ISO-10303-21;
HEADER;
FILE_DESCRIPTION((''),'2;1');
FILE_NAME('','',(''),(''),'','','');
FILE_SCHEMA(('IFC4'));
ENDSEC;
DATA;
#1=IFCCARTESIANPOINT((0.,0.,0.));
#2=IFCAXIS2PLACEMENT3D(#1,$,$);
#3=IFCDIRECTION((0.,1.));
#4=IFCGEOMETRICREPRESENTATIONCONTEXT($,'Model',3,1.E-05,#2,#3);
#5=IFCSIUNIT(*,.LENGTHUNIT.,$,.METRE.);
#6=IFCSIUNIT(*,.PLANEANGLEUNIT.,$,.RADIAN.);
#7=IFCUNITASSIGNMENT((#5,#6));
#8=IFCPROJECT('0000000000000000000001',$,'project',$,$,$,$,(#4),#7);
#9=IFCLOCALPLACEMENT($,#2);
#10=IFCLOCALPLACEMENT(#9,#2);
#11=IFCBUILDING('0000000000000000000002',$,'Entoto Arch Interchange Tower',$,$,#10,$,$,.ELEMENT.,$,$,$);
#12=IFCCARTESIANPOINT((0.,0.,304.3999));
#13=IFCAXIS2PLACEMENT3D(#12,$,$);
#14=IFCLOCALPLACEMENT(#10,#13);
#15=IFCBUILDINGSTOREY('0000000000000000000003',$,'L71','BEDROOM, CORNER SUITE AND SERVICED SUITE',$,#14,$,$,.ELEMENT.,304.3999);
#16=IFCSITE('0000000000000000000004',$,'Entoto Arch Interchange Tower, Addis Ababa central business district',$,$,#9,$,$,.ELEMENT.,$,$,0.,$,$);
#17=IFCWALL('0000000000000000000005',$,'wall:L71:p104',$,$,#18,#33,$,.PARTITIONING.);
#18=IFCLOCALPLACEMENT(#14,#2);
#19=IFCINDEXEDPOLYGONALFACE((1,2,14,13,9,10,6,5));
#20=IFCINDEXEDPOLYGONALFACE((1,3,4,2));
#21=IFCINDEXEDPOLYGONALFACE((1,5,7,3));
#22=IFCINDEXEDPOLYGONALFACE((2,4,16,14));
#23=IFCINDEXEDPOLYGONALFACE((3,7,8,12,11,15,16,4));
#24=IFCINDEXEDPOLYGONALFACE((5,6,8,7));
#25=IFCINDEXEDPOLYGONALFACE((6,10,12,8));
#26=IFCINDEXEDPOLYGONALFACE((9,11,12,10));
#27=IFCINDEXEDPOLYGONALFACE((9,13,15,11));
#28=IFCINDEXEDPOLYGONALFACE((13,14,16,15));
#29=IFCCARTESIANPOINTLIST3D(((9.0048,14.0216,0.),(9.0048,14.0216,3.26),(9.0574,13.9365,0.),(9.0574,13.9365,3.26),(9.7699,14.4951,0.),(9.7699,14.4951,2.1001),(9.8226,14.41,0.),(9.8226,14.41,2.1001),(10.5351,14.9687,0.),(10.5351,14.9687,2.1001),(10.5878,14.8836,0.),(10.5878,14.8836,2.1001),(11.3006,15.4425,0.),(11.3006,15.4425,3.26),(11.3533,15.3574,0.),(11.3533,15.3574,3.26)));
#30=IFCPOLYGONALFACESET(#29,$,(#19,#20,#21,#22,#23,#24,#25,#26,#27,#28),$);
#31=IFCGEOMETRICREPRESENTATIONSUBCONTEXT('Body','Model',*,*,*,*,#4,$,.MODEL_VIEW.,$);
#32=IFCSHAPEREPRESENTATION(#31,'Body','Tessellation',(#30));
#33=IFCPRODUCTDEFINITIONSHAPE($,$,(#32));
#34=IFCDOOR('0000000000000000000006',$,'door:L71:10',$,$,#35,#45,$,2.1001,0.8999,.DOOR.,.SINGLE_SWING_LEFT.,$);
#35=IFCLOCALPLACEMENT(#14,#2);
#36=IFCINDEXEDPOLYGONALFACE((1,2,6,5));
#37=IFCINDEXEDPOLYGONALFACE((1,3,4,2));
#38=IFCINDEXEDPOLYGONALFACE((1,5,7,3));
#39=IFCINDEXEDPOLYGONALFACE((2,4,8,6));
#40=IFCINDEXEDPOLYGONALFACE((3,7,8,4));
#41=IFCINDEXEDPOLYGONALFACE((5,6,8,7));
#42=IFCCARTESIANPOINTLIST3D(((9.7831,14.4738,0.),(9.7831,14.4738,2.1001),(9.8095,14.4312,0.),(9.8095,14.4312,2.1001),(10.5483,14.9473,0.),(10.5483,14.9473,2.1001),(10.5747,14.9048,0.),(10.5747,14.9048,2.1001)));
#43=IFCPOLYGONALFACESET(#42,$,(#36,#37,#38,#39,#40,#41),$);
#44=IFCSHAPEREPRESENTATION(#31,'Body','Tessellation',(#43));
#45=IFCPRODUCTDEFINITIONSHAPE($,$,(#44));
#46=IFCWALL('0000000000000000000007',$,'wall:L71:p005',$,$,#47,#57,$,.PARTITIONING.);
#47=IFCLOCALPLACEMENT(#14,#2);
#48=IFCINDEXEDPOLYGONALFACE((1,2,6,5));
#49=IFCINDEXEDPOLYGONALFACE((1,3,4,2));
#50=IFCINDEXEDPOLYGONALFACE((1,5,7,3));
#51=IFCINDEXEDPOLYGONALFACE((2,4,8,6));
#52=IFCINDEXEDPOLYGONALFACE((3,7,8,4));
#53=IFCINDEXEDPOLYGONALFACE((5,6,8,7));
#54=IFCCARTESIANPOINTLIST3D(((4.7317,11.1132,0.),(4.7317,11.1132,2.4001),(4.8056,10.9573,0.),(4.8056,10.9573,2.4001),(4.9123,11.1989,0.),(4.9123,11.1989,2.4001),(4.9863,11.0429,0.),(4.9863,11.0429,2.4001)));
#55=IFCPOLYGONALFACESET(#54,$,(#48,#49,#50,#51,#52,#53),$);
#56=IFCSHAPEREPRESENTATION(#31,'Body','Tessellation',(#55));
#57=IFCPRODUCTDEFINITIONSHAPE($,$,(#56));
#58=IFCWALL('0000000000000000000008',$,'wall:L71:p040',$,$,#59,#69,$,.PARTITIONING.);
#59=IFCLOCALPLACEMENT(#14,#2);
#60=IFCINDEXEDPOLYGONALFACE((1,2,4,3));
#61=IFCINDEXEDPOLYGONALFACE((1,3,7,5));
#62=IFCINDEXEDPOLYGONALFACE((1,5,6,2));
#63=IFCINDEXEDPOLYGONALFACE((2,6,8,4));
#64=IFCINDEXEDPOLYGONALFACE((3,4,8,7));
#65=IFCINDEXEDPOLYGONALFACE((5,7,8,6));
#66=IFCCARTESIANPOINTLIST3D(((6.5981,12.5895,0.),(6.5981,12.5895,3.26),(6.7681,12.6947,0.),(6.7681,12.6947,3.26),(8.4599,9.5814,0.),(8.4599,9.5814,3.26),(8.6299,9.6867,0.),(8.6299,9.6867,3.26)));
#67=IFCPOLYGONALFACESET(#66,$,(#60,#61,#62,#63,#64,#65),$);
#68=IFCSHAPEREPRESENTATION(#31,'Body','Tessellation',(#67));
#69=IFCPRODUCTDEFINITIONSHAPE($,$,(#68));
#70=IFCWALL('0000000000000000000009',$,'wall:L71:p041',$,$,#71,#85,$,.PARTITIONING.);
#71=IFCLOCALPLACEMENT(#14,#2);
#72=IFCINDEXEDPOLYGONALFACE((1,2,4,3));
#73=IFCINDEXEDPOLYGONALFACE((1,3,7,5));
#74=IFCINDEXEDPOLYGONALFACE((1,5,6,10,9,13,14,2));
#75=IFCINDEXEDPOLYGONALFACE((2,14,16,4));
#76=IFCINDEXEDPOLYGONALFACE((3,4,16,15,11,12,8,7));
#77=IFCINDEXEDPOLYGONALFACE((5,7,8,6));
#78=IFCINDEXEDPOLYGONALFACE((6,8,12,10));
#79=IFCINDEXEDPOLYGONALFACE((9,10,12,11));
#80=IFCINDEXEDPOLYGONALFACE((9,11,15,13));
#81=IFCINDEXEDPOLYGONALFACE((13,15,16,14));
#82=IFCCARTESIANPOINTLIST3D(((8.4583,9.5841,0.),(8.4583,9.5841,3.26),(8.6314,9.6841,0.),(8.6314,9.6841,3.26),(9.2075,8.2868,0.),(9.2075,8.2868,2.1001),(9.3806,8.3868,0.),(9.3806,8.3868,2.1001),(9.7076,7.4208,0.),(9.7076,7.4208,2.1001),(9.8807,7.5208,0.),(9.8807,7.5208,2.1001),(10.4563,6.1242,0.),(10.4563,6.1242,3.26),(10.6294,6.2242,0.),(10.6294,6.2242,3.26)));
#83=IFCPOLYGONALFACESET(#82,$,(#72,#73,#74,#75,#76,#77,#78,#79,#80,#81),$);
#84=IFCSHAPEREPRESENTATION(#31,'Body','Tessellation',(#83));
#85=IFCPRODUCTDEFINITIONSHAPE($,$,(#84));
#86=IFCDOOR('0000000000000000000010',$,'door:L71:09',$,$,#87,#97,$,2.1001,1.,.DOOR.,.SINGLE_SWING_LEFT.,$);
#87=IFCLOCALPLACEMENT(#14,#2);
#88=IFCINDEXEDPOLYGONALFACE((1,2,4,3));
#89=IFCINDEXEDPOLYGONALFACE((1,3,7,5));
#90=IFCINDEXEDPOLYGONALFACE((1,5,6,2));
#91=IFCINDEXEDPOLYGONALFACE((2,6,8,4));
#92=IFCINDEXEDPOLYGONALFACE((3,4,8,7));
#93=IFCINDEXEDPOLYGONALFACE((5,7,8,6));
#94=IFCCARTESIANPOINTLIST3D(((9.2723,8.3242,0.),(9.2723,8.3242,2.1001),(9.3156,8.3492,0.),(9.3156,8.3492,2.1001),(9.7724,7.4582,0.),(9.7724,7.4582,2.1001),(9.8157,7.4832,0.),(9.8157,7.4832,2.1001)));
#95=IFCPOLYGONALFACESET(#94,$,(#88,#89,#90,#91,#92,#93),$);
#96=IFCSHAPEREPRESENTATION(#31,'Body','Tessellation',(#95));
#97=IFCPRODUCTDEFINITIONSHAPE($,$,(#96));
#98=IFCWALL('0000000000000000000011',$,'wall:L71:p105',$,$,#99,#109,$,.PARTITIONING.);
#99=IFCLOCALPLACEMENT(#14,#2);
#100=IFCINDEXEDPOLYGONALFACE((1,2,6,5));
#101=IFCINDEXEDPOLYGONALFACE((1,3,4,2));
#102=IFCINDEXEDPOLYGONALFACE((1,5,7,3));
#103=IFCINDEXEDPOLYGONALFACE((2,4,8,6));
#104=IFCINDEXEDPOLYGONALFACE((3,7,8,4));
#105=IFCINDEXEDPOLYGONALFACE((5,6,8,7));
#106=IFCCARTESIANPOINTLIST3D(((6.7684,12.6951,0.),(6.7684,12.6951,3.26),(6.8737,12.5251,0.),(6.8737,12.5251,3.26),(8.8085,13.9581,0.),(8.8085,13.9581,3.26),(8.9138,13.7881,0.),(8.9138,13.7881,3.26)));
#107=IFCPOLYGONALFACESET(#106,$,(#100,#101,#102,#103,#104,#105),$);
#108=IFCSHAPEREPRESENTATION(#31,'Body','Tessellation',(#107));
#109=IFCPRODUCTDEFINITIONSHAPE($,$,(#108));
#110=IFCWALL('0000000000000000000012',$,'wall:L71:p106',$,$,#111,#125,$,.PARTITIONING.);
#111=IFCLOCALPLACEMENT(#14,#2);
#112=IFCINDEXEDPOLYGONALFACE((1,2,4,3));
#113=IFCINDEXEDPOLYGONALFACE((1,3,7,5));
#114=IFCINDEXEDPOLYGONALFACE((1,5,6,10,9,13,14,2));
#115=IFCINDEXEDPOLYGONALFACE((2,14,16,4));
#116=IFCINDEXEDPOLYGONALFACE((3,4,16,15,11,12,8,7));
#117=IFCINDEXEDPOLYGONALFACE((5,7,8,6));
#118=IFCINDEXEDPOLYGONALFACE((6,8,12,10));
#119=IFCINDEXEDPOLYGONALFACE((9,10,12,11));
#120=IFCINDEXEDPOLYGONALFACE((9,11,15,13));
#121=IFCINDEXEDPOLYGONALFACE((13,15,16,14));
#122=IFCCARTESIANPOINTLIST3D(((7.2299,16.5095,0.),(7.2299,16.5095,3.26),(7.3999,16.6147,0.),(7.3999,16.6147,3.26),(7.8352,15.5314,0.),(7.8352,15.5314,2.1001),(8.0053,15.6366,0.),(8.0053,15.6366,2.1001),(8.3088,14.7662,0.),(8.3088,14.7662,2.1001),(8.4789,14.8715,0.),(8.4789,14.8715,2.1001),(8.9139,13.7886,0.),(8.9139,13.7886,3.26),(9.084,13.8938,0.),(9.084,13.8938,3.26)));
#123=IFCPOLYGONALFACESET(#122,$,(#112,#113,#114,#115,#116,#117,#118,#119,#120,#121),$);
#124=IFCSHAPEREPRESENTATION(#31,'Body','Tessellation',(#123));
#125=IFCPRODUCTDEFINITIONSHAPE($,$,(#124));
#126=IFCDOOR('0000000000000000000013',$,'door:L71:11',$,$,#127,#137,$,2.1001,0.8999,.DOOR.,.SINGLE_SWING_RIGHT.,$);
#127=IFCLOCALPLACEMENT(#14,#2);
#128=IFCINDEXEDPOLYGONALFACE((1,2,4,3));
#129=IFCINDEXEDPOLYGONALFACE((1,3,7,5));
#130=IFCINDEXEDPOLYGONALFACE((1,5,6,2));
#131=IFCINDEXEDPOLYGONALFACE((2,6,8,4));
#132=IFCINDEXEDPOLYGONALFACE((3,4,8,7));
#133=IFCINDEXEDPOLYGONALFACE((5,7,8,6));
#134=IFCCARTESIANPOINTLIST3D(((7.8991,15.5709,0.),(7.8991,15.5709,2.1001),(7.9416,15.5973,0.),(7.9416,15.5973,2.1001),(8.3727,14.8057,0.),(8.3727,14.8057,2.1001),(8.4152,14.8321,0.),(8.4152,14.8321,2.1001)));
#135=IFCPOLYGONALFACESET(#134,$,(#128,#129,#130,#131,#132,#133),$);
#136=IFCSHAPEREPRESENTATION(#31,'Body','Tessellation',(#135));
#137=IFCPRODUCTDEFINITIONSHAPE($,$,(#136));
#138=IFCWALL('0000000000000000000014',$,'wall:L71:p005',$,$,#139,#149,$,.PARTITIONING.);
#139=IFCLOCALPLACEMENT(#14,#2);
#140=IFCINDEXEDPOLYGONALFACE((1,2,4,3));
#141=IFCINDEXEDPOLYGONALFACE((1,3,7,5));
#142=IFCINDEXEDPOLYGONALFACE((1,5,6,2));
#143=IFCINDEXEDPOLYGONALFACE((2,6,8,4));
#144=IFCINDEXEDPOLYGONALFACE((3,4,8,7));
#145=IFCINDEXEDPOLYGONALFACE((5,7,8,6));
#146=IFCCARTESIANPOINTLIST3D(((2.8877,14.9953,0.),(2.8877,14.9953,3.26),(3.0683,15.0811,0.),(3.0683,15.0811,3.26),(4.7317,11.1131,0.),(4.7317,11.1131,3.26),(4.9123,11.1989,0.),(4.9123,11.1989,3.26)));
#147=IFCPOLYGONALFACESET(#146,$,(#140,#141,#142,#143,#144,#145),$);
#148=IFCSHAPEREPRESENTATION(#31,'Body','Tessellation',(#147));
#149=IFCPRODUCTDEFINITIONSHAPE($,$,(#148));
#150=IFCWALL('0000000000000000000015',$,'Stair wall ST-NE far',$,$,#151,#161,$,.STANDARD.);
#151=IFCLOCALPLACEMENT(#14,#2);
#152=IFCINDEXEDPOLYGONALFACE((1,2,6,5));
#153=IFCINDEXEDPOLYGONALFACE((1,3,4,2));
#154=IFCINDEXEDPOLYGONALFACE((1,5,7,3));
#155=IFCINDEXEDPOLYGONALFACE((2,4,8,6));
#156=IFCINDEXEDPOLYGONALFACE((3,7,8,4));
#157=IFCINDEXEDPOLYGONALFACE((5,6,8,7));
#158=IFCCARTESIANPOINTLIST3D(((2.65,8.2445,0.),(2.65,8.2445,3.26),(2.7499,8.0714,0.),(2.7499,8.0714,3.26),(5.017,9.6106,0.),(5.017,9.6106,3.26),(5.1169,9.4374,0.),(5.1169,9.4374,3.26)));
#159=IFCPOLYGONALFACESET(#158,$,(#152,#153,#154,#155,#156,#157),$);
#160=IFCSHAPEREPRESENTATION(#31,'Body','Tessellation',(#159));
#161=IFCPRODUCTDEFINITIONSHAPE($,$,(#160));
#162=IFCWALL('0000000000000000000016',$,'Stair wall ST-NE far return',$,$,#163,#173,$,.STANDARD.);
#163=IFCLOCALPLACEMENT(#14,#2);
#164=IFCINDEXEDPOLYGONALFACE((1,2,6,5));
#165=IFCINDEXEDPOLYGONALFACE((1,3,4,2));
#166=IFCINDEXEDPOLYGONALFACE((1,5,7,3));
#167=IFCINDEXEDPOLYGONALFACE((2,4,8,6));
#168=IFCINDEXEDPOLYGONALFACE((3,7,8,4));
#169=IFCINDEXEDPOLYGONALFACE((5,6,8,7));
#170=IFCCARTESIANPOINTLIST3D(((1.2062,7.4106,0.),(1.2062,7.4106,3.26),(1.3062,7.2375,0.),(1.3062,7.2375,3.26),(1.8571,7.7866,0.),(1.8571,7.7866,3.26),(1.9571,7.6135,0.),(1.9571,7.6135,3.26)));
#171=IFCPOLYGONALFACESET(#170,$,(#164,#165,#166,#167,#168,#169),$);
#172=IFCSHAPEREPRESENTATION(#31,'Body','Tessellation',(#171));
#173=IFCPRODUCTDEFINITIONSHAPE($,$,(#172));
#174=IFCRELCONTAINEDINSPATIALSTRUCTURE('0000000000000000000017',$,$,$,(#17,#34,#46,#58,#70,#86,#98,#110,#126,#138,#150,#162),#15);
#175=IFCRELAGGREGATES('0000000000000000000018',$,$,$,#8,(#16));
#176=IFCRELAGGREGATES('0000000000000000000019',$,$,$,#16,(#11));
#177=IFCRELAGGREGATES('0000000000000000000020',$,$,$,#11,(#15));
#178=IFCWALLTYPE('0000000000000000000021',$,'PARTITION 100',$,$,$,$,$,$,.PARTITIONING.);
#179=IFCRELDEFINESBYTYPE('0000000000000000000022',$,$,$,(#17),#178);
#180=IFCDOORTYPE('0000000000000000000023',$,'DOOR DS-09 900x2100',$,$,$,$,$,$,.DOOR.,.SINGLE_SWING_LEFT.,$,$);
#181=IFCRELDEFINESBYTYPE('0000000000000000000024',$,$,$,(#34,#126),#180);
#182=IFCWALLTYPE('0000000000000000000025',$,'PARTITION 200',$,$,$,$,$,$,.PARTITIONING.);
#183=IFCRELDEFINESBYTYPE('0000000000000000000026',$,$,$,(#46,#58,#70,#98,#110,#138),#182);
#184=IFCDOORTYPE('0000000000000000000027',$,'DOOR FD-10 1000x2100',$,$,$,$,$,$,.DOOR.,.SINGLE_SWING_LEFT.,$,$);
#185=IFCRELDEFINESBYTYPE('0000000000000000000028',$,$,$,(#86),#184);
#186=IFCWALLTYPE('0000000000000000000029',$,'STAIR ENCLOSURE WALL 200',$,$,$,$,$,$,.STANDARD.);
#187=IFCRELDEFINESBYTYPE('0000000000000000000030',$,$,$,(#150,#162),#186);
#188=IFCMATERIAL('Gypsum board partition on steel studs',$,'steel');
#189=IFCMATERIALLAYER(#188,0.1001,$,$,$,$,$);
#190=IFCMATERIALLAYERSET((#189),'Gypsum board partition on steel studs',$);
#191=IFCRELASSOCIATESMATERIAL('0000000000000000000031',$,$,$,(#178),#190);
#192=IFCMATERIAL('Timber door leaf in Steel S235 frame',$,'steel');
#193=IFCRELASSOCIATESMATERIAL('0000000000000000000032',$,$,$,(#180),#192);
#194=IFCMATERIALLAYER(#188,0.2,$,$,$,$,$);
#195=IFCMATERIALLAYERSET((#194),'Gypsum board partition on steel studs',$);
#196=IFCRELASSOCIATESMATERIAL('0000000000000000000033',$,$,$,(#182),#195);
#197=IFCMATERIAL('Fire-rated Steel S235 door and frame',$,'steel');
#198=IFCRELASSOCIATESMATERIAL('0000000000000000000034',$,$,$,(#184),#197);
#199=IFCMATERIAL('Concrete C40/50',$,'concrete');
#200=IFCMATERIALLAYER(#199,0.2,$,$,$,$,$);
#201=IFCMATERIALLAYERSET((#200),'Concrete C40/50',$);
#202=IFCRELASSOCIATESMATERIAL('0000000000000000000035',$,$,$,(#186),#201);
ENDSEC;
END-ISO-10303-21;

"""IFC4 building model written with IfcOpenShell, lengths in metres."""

from ifc_helpers import new_model, si_unit, direction, frame, frame_2d, origin, place, context, subcontext, project, spatial, rectangle, extrude, material, layer, layer_set, type_object, element, fill, save


model = new_model("IFC4")

# Units and contexts
model_context = context("Model", 3, precision=1e-05, world=origin(), true_north=direction((0.0, 1.0)))
body_context = subcontext(model_context, "Body", "Model", "MODEL_VIEW")
ifc_project = project(units=[si_unit("LENGTHUNIT", "METRE"), si_unit("PLANEANGLEUNIT", "RADIAN")], contexts=[model_context])

# Site, building, storey
site_placement = place(None, origin())
site = spatial("IfcSite", under=ifc_project, at=site_placement, Name="Entoto Arch Interchange Tower, Addis Ababa central business district", CompositionType="ELEMENT", RefElevation=0.0)
building_placement = place(site_placement, origin())
building = spatial("IfcBuilding", under=site, at=building_placement, Name="Entoto Arch Interchange Tower", CompositionType="ELEMENT")
storey_placement = place(building_placement, frame((0.0, 0.0, 304.3999)))
storey = spatial("IfcBuildingStorey", under=building, at=storey_placement, Name="L71", Description="BEDROOM, CORNER SUITE AND SERVICED SUITE", CompositionType="ELEMENT", Elevation=304.3999)

# Shared definitions
ifc_material_1 = material(Name="Concrete C40/50", Category="concrete")

# Shared definitions
ifc_material_2 = material(Name="Fire-rated Steel S235 door and frame", Category="steel")

# Wall, opening, door
ifc_material_3 = material(Name="Gypsum board partition on steel studs", Category="steel")
ifc_layer_1 = layer(ifc_material_3, 0.1001)
ifc_layer_set_1 = layer_set([ifc_layer_1], Name="Gypsum board partition on steel studs")
wall_type_1 = type_object("IfcWallType", Name="PARTITION 100", PredefinedType="PARTITIONING", material=ifc_layer_set_1)
wall_1_placement = place(storey_placement, frame((9.031, 13.979, 0.0), z_axis=(0.0, 0.0, 1.0), x_axis=(0.850327, 0.526255, 0.0)))
wall_1 = element("IfcWall", 1, at=wall_1_placement, inside=storey, type_object=wall_type_1, Name="wall:L71:p104", PredefinedType="PARTITIONING", context=body_context, shape_type="SweptSolid", body=[
    extrude(rectangle(XDim=2.7, YDim=0.1001, at=frame_2d((1.3501, 0.0))), origin(), (0.0, 0.0, 1.0), 3.26),
])
opening_1_placement = place(wall_1_placement, frame((0.8999, 0.0, 0.0)))
opening_1 = element("IfcOpeningElement", 2, at=opening_1_placement, cuts=wall_1, PredefinedType="OPENING", context=body_context, shape_type="SweptSolid", body=[
    extrude(rectangle(XDim=0.8999, YDim=2.1001, at=frame_2d((0.45, 1.05))), frame((0.0, 0.0601, 0.0), z_axis=(0.0, -1.0, 0.0), x_axis=(1.0, 0.0, 0.0)), (0.0, 0.0, 1.0), 0.1201),
])
ifc_material_4 = material(Name="Timber door leaf in Steel S235 frame", Category="steel")
door_type_1 = type_object("IfcDoorType", Name="DOOR DS-09 900x2100", OperationType="SINGLE_SWING_LEFT", PredefinedType="DOOR", material=ifc_material_4)
door_1_placement = place(opening_1_placement, origin())
door_1 = element("IfcDoor", 3, at=door_1_placement, inside=storey, type_object=door_type_1, Name="door:L71:10", OperationType="SINGLE_SWING_LEFT", OverallHeight=2.1001, OverallWidth=0.8999, PredefinedType="DOOR", context=body_context, shape_type="SweptSolid", body=[
    extrude(rectangle(XDim=0.8999, YDim=2.1001, at=frame_2d((0.45, 1.05))), frame((0.0, 0.0249, 0.0), z_axis=(0.0, -1.0, 0.0), x_axis=(1.0, 0.0, 0.0)), (0.0, 0.0, 1.0), 0.05),
])
fill(opening_1, door_1)

# Walls
ifc_layer_2 = layer(ifc_material_3, 0.2)
ifc_layer_set_2 = layer_set([ifc_layer_2], Name="Gypsum board partition on steel studs")
wall_type_2 = type_object("IfcWallType", Name="PARTITION 200", PredefinedType="PARTITIONING", material=ifc_layer_set_2)
wall_2_placement = place(storey_placement, frame((4.896, 11.0, 0.0), z_axis=(0.0, 0.0, 1.0), x_axis=(-0.428451, 0.903565, 0.0)))
element("IfcWall", 4, at=wall_2_placement, inside=storey, type_object=wall_type_2, Name="wall:L71:p005", PredefinedType="PARTITIONING", context=body_context, shape_type="SweptSolid", body=[
    extrude(rectangle(XDim=0.1726, YDim=0.2, at=frame_2d((0.0864, 0.0))), origin(), (0.0, 0.0, 1.0), 2.4001),
])
wall_3_placement = place(storey_placement, frame((6.6831, 12.6421, 0.0), z_axis=(0.0, 0.0, 1.0), x_axis=(0.52629, -0.850305, 0.0)))
element("IfcWall", 5, at=wall_3_placement, inside=storey, type_object=wall_type_2, Name="wall:L71:p040", PredefinedType="PARTITIONING", context=body_context, shape_type="SweptSolid", body=[
    extrude(rectangle(XDim=3.5376, YDim=0.2, at=frame_2d((1.7688, 0.0))), origin(), (0.0, 0.0, 1.0), 3.26),
])

# Wall, opening, door
wall_4_placement = place(storey_placement, frame((8.5449, 9.634, 0.0), z_axis=(0.0, 0.0, 1.0), x_axis=(0.500082, -0.865978, 0.0)))
wall_4 = element("IfcWall", 6, at=wall_4_placement, inside=storey, type_object=wall_type_2, Name="wall:L71:p041", PredefinedType="PARTITIONING", context=body_context, shape_type="SweptSolid", body=[
    extrude(rectangle(XDim=3.9954, YDim=0.2, at=frame_2d((1.9976, 0.0))), origin(), (0.0, 0.0, 1.0), 3.26),
])
opening_2_placement = place(wall_4_placement, frame((1.498, 0.0, 0.0)))
opening_2 = element("IfcOpeningElement", 7, at=opening_2_placement, cuts=wall_4, PredefinedType="OPENING", context=body_context, shape_type="SweptSolid", body=[
    extrude(rectangle(XDim=1.0, YDim=2.1001, at=frame_2d((0.5, 1.05))), frame((0.0, 0.1099, 0.0), z_axis=(0.0, -1.0, 0.0), x_axis=(1.0, 0.0, 0.0)), (0.0, 0.0, 1.0), 0.22),
])
door_type_2 = type_object("IfcDoorType", Name="DOOR FD-10 1000x2100", OperationType="SINGLE_SWING_LEFT", PredefinedType="DOOR", material=ifc_material_2)
door_2_placement = place(opening_2_placement, origin())
door_2 = element("IfcDoor", 8, at=door_2_placement, inside=storey, type_object=door_type_2, Name="door:L71:09", OperationType="SINGLE_SWING_LEFT", OverallHeight=2.1001, OverallWidth=1.0, PredefinedType="DOOR", context=body_context, shape_type="SweptSolid", body=[
    extrude(rectangle(XDim=1.0, YDim=2.1001, at=frame_2d((0.5, 1.05))), frame((0.0, 0.0249, 0.0), z_axis=(0.0, -1.0, 0.0), x_axis=(1.0, 0.0, 0.0)), (0.0, 0.0, 1.0), 0.05),
])
fill(opening_2, door_2)

# Wall
wall_5_placement = place(storey_placement, frame((6.821, 12.6101, 0.0), z_axis=(0.0, 0.0, 1.0), x_axis=(0.850254, 0.526372, 0.0)))
element("IfcWall", 9, at=wall_5_placement, inside=storey, type_object=wall_type_2, Name="wall:L71:p105", PredefinedType="PARTITIONING", context=body_context, shape_type="SweptSolid", body=[
    extrude(rectangle(XDim=2.3994, YDim=0.2, at=frame_2d((1.1997, 0.0))), origin(), (0.0, 0.0, 1.0), 3.26),
])

# Wall, opening, door
wall_6_placement = place(storey_placement, frame((8.999, 13.8411, 0.0), z_axis=(0.0, 0.0, 1.0), x_axis=(-0.526284, 0.850309, 0.0)))
wall_6 = element("IfcWall", 10, at=wall_6_placement, inside=storey, type_object=wall_type_2, Name="wall:L71:p106", PredefinedType="PARTITIONING", context=body_context, shape_type="SweptSolid", body=[
    extrude(rectangle(XDim=3.2, YDim=0.2, at=frame_2d((1.6001, 0.0))), origin(), (0.0, 0.0, 1.0), 3.26),
])
opening_3_placement = place(wall_6_placement, frame((1.1499, 0.0, 0.0)))
opening_3 = element("IfcOpeningElement", 11, at=opening_3_placement, cuts=wall_6, PredefinedType="OPENING", context=body_context, shape_type="SweptSolid", body=[
    extrude(rectangle(XDim=0.8999, YDim=2.1001, at=frame_2d((0.45, 1.05))), frame((0.0, 0.1099, 0.0), z_axis=(0.0, -1.0, 0.0), x_axis=(1.0, 0.0, 0.0)), (0.0, 0.0, 1.0), 0.22),
])
door_3_placement = place(opening_3_placement, origin())
door_3 = element("IfcDoor", 12, at=door_3_placement, inside=storey, type_object=door_type_1, Name="door:L71:11", OperationType="SINGLE_SWING_RIGHT", OverallHeight=2.1001, OverallWidth=0.8999, PredefinedType="DOOR", context=body_context, shape_type="SweptSolid", body=[
    extrude(rectangle(XDim=0.8999, YDim=2.1001, at=frame_2d((0.45, 1.05))), frame((0.0, 0.0249, 0.0), z_axis=(0.0, -1.0, 0.0), x_axis=(1.0, 0.0, 0.0)), (0.0, 0.0, 1.0), 0.05),
])
fill(opening_3, door_3)

# Walls
wall_7_placement = place(storey_placement, frame((4.822, 11.156, 0.0), z_axis=(0.0, 0.0, 1.0), x_axis=(-0.429058, 0.903277, 0.0)))
element("IfcWall", 13, at=wall_7_placement, inside=storey, type_object=wall_type_2, Name="wall:L71:p005", PredefinedType="PARTITIONING", context=body_context, shape_type="SweptSolid", body=[
    extrude(rectangle(XDim=4.2979, YDim=0.2, at=frame_2d((2.1489, 0.0))), origin(), (0.0, 0.0, 1.0), 3.26),
])
ifc_layer_3 = layer(ifc_material_1, 0.2)
ifc_layer_set_3 = layer_set([ifc_layer_3], Name="Concrete C40/50")
wall_type_3 = type_object("IfcWallType", Name="STAIR ENCLOSURE WALL 200", PredefinedType="STANDARD", material=ifc_layer_set_3)
wall_8_placement = place(storey_placement, frame((2.7, 8.158, 0.0), z_axis=(0.0, 0.0, 1.0), x_axis=(0.866119, 0.499838, 0.0)))
element("IfcWall", 14, at=wall_8_placement, inside=storey, type_object=wall_type_3, Name="Stair wall ST-NE far", PredefinedType="STANDARD", context=body_context, shape_type="SweptSolid", body=[
    extrude(rectangle(XDim=2.7329, YDim=0.2, at=frame_2d((1.3665, 0.0))), origin(), (0.0, 0.0, 1.0), 3.26),
])
wall_9_placement = place(storey_placement, frame((1.2561, 7.324, 0.0), z_axis=(0.0, 0.0, 1.0), x_axis=(0.865915, 0.500191, 0.0)))
element("IfcWall", 15, at=wall_9_placement, inside=storey, type_object=wall_type_3, Name="Stair wall ST-NE far return", PredefinedType="STANDARD", context=body_context, shape_type="SweptSolid", body=[
    extrude(rectangle(XDim=0.7517, YDim=0.2, at=frame_2d((0.376, 0.0))), origin(), (0.0, 0.0, 1.0), 3.26),
])

save(model, "model.ifc")
